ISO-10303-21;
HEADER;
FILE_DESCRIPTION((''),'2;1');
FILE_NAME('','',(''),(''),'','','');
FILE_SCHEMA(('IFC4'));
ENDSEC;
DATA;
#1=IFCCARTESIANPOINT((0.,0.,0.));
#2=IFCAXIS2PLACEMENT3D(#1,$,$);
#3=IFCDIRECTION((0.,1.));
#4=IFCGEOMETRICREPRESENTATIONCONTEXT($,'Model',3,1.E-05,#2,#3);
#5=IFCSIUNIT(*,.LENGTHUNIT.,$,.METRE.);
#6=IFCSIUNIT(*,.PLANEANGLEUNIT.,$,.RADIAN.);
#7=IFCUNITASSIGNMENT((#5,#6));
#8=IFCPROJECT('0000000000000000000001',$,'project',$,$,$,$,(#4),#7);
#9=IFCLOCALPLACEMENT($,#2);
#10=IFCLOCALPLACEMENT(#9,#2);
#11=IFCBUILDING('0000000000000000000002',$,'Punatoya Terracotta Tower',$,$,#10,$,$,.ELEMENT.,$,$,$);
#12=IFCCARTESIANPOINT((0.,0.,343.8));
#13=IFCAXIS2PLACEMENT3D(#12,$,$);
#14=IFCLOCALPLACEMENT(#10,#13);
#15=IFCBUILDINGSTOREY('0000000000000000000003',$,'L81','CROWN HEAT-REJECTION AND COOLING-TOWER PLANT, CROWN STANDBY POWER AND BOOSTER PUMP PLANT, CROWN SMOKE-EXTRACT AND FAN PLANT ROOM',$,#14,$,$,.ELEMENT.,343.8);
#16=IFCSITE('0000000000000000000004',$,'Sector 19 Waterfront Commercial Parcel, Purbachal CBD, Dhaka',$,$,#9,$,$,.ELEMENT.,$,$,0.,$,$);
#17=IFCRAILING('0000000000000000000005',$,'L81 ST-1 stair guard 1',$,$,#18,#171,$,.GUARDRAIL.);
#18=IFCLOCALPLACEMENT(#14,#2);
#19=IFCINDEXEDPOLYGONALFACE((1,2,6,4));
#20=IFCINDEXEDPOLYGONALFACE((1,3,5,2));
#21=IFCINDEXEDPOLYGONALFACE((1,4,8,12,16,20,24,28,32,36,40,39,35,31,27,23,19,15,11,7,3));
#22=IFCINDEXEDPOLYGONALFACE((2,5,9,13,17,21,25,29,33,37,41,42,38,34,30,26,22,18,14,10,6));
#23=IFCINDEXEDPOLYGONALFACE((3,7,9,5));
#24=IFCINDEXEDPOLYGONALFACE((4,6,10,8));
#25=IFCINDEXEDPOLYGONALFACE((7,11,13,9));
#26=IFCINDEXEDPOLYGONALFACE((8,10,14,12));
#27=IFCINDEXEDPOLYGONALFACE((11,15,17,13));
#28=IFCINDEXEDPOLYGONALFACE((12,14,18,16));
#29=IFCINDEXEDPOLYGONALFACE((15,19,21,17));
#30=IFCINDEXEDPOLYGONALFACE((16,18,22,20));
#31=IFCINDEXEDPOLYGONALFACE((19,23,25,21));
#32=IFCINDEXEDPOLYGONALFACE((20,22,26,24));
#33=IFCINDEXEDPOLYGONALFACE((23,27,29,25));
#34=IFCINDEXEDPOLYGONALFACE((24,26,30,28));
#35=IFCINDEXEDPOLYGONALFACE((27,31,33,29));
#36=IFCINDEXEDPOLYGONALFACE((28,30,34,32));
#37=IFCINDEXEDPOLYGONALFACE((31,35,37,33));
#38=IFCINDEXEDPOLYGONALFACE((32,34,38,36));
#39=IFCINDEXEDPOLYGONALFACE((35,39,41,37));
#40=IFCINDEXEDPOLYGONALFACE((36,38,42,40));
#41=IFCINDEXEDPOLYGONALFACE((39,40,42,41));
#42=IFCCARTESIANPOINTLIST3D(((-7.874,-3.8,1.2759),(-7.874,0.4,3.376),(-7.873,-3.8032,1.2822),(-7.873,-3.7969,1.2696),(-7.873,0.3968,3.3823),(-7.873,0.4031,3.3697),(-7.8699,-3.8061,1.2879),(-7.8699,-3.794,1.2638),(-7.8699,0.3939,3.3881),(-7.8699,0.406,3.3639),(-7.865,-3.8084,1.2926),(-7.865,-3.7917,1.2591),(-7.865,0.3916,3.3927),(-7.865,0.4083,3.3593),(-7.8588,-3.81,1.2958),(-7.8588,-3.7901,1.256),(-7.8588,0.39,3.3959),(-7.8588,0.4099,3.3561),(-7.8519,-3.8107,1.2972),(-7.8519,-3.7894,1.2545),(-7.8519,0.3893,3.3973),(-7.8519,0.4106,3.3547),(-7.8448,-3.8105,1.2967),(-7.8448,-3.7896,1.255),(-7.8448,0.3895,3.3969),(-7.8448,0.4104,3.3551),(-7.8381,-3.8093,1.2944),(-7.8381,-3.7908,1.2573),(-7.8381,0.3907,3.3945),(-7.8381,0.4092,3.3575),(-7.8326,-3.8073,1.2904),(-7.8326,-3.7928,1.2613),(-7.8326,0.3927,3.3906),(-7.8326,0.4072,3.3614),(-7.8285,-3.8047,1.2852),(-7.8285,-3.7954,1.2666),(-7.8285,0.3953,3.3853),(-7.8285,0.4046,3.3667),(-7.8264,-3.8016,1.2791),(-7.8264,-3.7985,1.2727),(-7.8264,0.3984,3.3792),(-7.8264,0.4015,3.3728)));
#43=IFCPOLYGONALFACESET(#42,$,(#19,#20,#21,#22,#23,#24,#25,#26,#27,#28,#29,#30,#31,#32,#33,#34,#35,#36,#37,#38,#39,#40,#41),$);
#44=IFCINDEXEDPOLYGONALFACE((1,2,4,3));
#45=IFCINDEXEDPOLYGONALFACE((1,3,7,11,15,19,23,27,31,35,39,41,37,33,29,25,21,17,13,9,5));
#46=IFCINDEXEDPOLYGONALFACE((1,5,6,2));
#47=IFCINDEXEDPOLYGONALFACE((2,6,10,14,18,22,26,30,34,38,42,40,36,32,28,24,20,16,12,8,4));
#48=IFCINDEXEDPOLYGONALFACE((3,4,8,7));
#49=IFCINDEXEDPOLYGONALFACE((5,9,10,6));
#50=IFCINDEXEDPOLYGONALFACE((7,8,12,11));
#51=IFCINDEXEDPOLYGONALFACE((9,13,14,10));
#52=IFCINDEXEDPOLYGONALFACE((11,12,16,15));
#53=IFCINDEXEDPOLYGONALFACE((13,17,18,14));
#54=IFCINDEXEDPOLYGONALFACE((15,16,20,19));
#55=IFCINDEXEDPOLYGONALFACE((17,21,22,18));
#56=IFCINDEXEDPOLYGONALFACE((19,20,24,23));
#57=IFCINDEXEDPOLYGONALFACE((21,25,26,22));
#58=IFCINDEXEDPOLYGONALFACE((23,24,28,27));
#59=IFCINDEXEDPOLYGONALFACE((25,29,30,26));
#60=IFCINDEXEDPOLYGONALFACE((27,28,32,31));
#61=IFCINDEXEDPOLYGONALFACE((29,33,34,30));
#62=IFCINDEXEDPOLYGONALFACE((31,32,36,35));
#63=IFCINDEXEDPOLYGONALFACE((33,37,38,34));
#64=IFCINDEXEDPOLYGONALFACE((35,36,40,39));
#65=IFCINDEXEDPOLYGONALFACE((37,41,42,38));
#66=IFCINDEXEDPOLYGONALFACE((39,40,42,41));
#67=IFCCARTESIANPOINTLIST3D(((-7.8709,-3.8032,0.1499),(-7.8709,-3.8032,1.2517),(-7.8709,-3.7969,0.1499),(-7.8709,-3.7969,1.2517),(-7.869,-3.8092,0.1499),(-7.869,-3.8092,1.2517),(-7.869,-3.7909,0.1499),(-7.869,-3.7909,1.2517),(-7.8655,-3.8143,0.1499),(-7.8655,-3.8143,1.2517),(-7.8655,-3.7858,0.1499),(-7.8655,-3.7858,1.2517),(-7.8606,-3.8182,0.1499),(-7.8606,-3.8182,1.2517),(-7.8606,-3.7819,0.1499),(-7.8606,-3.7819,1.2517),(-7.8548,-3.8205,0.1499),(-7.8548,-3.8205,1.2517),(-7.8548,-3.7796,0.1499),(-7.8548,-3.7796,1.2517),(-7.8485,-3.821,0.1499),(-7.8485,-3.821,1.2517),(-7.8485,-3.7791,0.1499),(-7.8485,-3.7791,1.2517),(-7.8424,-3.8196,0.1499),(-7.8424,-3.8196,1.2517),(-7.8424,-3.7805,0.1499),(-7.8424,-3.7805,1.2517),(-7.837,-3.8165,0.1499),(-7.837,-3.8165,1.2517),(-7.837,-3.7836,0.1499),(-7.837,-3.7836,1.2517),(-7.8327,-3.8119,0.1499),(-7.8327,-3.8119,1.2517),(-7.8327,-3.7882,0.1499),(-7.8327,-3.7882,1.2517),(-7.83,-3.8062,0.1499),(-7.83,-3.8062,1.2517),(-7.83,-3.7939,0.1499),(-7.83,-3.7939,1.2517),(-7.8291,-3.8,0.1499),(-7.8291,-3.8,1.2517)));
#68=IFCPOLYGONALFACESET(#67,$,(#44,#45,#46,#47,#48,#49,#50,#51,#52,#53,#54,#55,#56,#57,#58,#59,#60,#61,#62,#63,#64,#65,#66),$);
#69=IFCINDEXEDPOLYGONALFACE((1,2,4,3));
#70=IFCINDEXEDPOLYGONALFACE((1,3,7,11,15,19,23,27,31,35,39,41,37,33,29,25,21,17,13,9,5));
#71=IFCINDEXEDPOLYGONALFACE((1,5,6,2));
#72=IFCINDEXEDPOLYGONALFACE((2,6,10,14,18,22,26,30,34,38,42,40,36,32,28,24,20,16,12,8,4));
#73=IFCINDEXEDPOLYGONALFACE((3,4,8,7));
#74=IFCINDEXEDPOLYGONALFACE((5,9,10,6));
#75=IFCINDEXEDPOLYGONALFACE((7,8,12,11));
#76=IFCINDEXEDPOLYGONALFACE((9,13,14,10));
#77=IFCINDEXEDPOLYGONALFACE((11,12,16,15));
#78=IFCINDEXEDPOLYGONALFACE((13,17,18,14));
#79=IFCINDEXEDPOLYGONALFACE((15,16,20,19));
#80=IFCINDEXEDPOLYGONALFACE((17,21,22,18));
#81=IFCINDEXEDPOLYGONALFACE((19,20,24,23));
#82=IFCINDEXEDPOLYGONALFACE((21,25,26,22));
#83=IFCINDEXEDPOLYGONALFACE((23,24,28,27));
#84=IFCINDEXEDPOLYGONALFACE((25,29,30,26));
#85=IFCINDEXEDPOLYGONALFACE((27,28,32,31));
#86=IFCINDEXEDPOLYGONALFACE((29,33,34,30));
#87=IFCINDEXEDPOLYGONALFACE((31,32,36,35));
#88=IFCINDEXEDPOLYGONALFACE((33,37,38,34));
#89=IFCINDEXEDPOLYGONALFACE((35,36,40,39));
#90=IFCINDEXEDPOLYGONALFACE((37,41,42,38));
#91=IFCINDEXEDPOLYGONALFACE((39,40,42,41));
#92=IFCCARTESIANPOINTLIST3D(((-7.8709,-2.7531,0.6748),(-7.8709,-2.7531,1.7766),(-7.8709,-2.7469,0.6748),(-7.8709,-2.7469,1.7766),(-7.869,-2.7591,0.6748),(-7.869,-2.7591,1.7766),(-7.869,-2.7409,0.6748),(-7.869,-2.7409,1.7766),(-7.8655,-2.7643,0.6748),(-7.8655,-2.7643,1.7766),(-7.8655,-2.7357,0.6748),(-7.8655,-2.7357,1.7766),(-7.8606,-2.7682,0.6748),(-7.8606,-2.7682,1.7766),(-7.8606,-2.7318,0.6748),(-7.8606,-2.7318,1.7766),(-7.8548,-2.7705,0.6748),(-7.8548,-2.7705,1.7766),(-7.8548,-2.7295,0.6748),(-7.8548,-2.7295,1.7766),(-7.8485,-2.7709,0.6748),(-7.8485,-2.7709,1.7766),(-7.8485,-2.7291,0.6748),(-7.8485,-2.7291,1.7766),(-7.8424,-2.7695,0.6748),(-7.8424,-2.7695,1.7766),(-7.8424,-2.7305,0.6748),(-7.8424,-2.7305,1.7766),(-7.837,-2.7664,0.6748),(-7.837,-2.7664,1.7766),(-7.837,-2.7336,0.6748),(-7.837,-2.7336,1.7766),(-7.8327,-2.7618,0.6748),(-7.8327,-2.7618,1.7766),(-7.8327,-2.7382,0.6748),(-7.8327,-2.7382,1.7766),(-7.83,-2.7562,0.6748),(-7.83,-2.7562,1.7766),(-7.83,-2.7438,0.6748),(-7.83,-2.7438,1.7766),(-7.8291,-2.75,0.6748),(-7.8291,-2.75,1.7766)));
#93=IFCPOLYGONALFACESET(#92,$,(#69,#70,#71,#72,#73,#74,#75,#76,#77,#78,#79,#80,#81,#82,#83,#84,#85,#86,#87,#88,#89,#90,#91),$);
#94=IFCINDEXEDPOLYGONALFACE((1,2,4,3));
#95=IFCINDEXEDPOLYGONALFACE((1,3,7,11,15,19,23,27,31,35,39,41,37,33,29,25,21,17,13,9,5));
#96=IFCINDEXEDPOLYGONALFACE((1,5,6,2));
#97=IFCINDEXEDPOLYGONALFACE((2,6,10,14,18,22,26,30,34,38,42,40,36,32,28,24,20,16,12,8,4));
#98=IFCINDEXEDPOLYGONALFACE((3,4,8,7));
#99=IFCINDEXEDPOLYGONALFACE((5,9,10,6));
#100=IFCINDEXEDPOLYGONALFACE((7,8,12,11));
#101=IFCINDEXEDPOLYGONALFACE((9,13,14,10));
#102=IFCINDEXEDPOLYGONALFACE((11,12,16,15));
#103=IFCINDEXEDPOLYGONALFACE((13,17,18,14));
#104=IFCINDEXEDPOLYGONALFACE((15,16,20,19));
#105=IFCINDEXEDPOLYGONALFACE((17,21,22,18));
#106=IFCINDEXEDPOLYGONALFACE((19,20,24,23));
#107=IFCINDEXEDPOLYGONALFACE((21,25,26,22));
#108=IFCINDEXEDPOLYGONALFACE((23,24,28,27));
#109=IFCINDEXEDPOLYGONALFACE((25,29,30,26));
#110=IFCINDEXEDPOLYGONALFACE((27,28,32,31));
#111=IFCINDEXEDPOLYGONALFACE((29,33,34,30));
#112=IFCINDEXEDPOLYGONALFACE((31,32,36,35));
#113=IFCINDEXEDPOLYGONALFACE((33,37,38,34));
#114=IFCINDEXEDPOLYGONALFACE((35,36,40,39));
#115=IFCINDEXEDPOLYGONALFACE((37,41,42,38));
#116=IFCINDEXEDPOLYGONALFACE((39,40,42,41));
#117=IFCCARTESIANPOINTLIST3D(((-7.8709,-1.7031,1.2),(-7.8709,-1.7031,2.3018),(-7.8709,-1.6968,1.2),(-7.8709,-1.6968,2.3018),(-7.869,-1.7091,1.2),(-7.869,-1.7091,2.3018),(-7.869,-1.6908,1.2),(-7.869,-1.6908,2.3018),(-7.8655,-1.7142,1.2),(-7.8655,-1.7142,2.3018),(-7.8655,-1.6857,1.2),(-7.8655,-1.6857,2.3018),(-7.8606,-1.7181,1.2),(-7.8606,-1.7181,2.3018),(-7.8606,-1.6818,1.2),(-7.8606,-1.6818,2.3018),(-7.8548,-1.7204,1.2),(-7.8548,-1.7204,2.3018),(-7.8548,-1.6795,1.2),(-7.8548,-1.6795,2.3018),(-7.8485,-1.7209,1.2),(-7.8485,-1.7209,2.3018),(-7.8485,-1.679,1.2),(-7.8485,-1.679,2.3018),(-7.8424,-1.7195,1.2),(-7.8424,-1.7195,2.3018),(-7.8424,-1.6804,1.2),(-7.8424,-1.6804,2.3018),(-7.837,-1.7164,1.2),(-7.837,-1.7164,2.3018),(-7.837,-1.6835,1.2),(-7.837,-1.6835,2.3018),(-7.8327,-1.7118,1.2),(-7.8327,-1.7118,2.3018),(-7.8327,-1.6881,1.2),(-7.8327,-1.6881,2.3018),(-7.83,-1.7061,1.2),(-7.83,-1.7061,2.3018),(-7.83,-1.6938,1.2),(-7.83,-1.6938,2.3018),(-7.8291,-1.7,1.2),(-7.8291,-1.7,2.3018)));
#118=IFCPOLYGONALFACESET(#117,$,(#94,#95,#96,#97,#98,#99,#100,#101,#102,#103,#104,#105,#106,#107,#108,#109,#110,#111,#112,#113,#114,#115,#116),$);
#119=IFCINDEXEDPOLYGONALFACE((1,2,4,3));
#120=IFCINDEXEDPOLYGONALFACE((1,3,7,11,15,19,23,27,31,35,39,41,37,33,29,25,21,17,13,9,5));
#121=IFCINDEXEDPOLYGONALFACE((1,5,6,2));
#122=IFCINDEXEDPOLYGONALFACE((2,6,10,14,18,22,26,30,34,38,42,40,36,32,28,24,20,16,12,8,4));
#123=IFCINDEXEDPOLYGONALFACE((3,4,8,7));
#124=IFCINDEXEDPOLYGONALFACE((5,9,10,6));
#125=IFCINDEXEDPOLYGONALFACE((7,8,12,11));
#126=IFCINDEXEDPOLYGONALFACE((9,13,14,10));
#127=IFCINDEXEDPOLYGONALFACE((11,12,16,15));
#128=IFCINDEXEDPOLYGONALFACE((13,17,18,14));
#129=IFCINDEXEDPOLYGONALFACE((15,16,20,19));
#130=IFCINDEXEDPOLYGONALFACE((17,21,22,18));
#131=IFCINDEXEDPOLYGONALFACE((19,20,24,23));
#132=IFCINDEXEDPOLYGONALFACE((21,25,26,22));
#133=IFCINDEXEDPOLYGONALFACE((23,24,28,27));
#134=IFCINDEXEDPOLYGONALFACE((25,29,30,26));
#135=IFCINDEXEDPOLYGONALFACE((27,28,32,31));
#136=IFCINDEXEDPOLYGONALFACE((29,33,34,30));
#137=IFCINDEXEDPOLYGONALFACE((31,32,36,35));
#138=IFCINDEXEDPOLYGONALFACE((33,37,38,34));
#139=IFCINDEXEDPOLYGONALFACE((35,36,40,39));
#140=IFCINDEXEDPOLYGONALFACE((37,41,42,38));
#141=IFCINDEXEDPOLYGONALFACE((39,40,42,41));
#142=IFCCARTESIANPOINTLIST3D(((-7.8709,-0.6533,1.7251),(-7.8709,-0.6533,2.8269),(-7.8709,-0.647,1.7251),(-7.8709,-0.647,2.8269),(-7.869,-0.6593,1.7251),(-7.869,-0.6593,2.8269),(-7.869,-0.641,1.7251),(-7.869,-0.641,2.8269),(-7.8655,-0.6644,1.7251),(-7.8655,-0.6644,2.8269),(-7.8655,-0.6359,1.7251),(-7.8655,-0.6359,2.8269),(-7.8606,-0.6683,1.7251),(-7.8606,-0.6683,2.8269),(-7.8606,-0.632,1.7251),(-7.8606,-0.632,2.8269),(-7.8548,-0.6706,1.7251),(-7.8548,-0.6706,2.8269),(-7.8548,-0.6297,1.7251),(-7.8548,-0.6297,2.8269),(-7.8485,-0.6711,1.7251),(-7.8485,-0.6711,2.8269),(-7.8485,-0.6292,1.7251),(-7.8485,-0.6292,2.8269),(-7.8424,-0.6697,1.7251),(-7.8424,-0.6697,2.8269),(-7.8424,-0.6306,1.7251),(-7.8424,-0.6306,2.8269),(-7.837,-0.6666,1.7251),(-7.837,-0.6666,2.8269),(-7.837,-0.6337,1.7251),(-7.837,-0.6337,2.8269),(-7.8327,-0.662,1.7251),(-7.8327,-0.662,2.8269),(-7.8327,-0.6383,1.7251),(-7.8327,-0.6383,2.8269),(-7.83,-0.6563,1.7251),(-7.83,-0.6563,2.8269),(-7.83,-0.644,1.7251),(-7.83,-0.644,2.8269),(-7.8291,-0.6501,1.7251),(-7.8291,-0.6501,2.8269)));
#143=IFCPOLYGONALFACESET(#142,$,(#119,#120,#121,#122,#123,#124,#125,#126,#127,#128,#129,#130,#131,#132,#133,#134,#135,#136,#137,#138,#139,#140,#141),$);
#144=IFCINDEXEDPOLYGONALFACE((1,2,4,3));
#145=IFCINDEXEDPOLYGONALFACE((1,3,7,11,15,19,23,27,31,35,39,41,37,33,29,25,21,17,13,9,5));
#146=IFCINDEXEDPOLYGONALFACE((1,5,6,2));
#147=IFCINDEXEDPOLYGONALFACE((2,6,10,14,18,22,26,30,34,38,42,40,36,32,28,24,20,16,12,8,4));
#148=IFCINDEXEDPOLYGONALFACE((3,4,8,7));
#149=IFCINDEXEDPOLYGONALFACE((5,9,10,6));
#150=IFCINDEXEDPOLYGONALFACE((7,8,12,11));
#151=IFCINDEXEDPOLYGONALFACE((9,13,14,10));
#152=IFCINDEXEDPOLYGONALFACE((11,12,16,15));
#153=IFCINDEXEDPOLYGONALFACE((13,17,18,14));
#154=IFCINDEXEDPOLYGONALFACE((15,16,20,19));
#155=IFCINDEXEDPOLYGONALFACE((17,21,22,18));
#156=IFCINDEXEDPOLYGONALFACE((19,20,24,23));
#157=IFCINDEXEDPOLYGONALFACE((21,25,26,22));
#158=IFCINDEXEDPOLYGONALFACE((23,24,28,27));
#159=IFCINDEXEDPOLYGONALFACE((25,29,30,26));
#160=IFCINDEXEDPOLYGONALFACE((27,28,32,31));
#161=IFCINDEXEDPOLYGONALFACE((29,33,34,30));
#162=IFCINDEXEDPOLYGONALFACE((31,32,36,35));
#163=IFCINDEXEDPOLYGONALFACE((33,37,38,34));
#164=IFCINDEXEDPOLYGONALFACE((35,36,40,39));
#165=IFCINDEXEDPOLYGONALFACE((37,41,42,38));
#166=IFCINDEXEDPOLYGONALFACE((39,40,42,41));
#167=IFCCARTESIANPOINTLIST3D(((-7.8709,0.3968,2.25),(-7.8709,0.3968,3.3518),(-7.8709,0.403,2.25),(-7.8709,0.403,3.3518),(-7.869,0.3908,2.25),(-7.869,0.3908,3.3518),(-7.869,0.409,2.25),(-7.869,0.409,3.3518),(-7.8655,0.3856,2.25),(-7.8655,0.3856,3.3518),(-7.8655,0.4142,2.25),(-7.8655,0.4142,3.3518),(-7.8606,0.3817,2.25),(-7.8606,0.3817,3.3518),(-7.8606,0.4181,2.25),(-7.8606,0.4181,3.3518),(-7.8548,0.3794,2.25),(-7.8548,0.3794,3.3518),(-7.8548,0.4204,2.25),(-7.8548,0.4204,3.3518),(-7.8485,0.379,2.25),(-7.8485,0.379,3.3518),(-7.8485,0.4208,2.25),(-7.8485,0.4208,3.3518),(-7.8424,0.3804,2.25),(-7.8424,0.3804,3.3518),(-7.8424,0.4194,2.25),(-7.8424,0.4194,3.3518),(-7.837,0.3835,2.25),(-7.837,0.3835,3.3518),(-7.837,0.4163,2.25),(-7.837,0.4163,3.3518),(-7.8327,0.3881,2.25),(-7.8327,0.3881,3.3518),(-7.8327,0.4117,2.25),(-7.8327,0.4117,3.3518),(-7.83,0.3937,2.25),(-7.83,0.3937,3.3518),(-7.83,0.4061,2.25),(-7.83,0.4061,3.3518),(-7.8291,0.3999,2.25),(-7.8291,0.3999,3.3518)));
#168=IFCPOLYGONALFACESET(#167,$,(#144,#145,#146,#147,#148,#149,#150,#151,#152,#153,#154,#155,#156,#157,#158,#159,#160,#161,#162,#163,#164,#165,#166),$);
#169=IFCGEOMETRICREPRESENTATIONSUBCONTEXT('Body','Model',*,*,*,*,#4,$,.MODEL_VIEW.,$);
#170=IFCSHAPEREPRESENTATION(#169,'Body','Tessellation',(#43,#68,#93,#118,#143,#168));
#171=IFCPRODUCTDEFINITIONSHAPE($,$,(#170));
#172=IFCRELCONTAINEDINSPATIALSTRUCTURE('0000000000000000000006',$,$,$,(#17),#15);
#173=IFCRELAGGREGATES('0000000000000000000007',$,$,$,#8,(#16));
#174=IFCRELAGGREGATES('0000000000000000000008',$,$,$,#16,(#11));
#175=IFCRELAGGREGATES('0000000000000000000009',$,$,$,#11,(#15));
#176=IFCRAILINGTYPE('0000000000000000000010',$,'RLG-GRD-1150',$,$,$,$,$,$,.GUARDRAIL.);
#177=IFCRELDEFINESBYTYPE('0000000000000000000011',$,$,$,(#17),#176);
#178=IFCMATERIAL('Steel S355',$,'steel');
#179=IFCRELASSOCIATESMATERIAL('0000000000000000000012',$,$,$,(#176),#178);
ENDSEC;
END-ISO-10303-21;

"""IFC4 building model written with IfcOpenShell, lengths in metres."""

from ifc_helpers import new_model, si_unit, direction, frame, origin, origin_2d, place, context, subcontext, project, spatial, circle, extrude, material, type_object, element, save


model = new_model("IFC4")

# Units and contexts
model_context = context("Model", 3, precision=1e-05, world=origin(), true_north=direction((0.0, 1.0)))
body_context = subcontext(model_context, "Body", "Model", "MODEL_VIEW")
ifc_project = project(units=[si_unit("LENGTHUNIT", "METRE"), si_unit("PLANEANGLEUNIT", "RADIAN")], contexts=[model_context])

# Site, building, storey
site_placement = place(None, origin())
site = spatial("IfcSite", under=ifc_project, at=site_placement, Name="Sector 19 Waterfront Commercial Parcel, Purbachal CBD, Dhaka", CompositionType="ELEMENT", RefElevation=0.0)
building_placement = place(site_placement, origin())
building = spatial("IfcBuilding", under=site, at=building_placement, Name="Punatoya Terracotta Tower", CompositionType="ELEMENT")
storey_placement = place(building_placement, frame((0.0, 0.0, 343.8)))
storey = spatial("IfcBuildingStorey", under=building, at=storey_placement, Name="L81", Description="CROWN HEAT-REJECTION AND COOLING-TOWER PLANT, CROWN STANDBY POWER AND BOOSTER PUMP PLANT, CROWN SMOKE-EXTRACT AND FAN PLANT ROOM", CompositionType="ELEMENT", Elevation=343.8)

# Railing
ifc_material_1 = material(Name="Steel S355", Category="steel")
railing_type_1 = type_object("IfcRailingType", Name="RLG-GRD-1150", PredefinedType="GUARDRAIL", material=ifc_material_1)
railing_1_placement = place(storey_placement, frame((-7.8501, -3.8, 0.1499)))
element("IfcRailing", 1, at=railing_1_placement, inside=storey, type_object=railing_type_1, Name="L81 ST-1 stair guard 1", PredefinedType="GUARDRAIL", context=body_context, shape_type="SweptSolid", body=[
    extrude(circle(Radius=0.0239, at=origin_2d()), frame((0.0, 0.0, 1.126), z_axis=(0.0, 0.894417, 0.447234), x_axis=(-1.0, 0.0, 0.0)), (0.0, 0.0, 1.0), 4.6958),
    extrude(circle(Radius=0.021, at=origin_2d()), origin(), (0.0, 0.0, 1.0), 1.1018),
    extrude(circle(Radius=0.021, at=origin_2d()), frame((0.0, 1.05, 0.5249)), (0.0, 0.0, 1.0), 1.1018),
    extrude(circle(Radius=0.021, at=origin_2d()), frame((0.0, 2.1001, 1.05)), (0.0, 0.0, 1.0), 1.1018),
    extrude(circle(Radius=0.021, at=origin_2d()), frame((0.0, 3.1499, 1.5752)), (0.0, 0.0, 1.0), 1.1018),
    extrude(circle(Radius=0.021, at=origin_2d()), frame((0.0, 4.2, 2.1001)), (0.0, 0.0, 1.0), 1.1018),
])

save(model, "model.ifc")
